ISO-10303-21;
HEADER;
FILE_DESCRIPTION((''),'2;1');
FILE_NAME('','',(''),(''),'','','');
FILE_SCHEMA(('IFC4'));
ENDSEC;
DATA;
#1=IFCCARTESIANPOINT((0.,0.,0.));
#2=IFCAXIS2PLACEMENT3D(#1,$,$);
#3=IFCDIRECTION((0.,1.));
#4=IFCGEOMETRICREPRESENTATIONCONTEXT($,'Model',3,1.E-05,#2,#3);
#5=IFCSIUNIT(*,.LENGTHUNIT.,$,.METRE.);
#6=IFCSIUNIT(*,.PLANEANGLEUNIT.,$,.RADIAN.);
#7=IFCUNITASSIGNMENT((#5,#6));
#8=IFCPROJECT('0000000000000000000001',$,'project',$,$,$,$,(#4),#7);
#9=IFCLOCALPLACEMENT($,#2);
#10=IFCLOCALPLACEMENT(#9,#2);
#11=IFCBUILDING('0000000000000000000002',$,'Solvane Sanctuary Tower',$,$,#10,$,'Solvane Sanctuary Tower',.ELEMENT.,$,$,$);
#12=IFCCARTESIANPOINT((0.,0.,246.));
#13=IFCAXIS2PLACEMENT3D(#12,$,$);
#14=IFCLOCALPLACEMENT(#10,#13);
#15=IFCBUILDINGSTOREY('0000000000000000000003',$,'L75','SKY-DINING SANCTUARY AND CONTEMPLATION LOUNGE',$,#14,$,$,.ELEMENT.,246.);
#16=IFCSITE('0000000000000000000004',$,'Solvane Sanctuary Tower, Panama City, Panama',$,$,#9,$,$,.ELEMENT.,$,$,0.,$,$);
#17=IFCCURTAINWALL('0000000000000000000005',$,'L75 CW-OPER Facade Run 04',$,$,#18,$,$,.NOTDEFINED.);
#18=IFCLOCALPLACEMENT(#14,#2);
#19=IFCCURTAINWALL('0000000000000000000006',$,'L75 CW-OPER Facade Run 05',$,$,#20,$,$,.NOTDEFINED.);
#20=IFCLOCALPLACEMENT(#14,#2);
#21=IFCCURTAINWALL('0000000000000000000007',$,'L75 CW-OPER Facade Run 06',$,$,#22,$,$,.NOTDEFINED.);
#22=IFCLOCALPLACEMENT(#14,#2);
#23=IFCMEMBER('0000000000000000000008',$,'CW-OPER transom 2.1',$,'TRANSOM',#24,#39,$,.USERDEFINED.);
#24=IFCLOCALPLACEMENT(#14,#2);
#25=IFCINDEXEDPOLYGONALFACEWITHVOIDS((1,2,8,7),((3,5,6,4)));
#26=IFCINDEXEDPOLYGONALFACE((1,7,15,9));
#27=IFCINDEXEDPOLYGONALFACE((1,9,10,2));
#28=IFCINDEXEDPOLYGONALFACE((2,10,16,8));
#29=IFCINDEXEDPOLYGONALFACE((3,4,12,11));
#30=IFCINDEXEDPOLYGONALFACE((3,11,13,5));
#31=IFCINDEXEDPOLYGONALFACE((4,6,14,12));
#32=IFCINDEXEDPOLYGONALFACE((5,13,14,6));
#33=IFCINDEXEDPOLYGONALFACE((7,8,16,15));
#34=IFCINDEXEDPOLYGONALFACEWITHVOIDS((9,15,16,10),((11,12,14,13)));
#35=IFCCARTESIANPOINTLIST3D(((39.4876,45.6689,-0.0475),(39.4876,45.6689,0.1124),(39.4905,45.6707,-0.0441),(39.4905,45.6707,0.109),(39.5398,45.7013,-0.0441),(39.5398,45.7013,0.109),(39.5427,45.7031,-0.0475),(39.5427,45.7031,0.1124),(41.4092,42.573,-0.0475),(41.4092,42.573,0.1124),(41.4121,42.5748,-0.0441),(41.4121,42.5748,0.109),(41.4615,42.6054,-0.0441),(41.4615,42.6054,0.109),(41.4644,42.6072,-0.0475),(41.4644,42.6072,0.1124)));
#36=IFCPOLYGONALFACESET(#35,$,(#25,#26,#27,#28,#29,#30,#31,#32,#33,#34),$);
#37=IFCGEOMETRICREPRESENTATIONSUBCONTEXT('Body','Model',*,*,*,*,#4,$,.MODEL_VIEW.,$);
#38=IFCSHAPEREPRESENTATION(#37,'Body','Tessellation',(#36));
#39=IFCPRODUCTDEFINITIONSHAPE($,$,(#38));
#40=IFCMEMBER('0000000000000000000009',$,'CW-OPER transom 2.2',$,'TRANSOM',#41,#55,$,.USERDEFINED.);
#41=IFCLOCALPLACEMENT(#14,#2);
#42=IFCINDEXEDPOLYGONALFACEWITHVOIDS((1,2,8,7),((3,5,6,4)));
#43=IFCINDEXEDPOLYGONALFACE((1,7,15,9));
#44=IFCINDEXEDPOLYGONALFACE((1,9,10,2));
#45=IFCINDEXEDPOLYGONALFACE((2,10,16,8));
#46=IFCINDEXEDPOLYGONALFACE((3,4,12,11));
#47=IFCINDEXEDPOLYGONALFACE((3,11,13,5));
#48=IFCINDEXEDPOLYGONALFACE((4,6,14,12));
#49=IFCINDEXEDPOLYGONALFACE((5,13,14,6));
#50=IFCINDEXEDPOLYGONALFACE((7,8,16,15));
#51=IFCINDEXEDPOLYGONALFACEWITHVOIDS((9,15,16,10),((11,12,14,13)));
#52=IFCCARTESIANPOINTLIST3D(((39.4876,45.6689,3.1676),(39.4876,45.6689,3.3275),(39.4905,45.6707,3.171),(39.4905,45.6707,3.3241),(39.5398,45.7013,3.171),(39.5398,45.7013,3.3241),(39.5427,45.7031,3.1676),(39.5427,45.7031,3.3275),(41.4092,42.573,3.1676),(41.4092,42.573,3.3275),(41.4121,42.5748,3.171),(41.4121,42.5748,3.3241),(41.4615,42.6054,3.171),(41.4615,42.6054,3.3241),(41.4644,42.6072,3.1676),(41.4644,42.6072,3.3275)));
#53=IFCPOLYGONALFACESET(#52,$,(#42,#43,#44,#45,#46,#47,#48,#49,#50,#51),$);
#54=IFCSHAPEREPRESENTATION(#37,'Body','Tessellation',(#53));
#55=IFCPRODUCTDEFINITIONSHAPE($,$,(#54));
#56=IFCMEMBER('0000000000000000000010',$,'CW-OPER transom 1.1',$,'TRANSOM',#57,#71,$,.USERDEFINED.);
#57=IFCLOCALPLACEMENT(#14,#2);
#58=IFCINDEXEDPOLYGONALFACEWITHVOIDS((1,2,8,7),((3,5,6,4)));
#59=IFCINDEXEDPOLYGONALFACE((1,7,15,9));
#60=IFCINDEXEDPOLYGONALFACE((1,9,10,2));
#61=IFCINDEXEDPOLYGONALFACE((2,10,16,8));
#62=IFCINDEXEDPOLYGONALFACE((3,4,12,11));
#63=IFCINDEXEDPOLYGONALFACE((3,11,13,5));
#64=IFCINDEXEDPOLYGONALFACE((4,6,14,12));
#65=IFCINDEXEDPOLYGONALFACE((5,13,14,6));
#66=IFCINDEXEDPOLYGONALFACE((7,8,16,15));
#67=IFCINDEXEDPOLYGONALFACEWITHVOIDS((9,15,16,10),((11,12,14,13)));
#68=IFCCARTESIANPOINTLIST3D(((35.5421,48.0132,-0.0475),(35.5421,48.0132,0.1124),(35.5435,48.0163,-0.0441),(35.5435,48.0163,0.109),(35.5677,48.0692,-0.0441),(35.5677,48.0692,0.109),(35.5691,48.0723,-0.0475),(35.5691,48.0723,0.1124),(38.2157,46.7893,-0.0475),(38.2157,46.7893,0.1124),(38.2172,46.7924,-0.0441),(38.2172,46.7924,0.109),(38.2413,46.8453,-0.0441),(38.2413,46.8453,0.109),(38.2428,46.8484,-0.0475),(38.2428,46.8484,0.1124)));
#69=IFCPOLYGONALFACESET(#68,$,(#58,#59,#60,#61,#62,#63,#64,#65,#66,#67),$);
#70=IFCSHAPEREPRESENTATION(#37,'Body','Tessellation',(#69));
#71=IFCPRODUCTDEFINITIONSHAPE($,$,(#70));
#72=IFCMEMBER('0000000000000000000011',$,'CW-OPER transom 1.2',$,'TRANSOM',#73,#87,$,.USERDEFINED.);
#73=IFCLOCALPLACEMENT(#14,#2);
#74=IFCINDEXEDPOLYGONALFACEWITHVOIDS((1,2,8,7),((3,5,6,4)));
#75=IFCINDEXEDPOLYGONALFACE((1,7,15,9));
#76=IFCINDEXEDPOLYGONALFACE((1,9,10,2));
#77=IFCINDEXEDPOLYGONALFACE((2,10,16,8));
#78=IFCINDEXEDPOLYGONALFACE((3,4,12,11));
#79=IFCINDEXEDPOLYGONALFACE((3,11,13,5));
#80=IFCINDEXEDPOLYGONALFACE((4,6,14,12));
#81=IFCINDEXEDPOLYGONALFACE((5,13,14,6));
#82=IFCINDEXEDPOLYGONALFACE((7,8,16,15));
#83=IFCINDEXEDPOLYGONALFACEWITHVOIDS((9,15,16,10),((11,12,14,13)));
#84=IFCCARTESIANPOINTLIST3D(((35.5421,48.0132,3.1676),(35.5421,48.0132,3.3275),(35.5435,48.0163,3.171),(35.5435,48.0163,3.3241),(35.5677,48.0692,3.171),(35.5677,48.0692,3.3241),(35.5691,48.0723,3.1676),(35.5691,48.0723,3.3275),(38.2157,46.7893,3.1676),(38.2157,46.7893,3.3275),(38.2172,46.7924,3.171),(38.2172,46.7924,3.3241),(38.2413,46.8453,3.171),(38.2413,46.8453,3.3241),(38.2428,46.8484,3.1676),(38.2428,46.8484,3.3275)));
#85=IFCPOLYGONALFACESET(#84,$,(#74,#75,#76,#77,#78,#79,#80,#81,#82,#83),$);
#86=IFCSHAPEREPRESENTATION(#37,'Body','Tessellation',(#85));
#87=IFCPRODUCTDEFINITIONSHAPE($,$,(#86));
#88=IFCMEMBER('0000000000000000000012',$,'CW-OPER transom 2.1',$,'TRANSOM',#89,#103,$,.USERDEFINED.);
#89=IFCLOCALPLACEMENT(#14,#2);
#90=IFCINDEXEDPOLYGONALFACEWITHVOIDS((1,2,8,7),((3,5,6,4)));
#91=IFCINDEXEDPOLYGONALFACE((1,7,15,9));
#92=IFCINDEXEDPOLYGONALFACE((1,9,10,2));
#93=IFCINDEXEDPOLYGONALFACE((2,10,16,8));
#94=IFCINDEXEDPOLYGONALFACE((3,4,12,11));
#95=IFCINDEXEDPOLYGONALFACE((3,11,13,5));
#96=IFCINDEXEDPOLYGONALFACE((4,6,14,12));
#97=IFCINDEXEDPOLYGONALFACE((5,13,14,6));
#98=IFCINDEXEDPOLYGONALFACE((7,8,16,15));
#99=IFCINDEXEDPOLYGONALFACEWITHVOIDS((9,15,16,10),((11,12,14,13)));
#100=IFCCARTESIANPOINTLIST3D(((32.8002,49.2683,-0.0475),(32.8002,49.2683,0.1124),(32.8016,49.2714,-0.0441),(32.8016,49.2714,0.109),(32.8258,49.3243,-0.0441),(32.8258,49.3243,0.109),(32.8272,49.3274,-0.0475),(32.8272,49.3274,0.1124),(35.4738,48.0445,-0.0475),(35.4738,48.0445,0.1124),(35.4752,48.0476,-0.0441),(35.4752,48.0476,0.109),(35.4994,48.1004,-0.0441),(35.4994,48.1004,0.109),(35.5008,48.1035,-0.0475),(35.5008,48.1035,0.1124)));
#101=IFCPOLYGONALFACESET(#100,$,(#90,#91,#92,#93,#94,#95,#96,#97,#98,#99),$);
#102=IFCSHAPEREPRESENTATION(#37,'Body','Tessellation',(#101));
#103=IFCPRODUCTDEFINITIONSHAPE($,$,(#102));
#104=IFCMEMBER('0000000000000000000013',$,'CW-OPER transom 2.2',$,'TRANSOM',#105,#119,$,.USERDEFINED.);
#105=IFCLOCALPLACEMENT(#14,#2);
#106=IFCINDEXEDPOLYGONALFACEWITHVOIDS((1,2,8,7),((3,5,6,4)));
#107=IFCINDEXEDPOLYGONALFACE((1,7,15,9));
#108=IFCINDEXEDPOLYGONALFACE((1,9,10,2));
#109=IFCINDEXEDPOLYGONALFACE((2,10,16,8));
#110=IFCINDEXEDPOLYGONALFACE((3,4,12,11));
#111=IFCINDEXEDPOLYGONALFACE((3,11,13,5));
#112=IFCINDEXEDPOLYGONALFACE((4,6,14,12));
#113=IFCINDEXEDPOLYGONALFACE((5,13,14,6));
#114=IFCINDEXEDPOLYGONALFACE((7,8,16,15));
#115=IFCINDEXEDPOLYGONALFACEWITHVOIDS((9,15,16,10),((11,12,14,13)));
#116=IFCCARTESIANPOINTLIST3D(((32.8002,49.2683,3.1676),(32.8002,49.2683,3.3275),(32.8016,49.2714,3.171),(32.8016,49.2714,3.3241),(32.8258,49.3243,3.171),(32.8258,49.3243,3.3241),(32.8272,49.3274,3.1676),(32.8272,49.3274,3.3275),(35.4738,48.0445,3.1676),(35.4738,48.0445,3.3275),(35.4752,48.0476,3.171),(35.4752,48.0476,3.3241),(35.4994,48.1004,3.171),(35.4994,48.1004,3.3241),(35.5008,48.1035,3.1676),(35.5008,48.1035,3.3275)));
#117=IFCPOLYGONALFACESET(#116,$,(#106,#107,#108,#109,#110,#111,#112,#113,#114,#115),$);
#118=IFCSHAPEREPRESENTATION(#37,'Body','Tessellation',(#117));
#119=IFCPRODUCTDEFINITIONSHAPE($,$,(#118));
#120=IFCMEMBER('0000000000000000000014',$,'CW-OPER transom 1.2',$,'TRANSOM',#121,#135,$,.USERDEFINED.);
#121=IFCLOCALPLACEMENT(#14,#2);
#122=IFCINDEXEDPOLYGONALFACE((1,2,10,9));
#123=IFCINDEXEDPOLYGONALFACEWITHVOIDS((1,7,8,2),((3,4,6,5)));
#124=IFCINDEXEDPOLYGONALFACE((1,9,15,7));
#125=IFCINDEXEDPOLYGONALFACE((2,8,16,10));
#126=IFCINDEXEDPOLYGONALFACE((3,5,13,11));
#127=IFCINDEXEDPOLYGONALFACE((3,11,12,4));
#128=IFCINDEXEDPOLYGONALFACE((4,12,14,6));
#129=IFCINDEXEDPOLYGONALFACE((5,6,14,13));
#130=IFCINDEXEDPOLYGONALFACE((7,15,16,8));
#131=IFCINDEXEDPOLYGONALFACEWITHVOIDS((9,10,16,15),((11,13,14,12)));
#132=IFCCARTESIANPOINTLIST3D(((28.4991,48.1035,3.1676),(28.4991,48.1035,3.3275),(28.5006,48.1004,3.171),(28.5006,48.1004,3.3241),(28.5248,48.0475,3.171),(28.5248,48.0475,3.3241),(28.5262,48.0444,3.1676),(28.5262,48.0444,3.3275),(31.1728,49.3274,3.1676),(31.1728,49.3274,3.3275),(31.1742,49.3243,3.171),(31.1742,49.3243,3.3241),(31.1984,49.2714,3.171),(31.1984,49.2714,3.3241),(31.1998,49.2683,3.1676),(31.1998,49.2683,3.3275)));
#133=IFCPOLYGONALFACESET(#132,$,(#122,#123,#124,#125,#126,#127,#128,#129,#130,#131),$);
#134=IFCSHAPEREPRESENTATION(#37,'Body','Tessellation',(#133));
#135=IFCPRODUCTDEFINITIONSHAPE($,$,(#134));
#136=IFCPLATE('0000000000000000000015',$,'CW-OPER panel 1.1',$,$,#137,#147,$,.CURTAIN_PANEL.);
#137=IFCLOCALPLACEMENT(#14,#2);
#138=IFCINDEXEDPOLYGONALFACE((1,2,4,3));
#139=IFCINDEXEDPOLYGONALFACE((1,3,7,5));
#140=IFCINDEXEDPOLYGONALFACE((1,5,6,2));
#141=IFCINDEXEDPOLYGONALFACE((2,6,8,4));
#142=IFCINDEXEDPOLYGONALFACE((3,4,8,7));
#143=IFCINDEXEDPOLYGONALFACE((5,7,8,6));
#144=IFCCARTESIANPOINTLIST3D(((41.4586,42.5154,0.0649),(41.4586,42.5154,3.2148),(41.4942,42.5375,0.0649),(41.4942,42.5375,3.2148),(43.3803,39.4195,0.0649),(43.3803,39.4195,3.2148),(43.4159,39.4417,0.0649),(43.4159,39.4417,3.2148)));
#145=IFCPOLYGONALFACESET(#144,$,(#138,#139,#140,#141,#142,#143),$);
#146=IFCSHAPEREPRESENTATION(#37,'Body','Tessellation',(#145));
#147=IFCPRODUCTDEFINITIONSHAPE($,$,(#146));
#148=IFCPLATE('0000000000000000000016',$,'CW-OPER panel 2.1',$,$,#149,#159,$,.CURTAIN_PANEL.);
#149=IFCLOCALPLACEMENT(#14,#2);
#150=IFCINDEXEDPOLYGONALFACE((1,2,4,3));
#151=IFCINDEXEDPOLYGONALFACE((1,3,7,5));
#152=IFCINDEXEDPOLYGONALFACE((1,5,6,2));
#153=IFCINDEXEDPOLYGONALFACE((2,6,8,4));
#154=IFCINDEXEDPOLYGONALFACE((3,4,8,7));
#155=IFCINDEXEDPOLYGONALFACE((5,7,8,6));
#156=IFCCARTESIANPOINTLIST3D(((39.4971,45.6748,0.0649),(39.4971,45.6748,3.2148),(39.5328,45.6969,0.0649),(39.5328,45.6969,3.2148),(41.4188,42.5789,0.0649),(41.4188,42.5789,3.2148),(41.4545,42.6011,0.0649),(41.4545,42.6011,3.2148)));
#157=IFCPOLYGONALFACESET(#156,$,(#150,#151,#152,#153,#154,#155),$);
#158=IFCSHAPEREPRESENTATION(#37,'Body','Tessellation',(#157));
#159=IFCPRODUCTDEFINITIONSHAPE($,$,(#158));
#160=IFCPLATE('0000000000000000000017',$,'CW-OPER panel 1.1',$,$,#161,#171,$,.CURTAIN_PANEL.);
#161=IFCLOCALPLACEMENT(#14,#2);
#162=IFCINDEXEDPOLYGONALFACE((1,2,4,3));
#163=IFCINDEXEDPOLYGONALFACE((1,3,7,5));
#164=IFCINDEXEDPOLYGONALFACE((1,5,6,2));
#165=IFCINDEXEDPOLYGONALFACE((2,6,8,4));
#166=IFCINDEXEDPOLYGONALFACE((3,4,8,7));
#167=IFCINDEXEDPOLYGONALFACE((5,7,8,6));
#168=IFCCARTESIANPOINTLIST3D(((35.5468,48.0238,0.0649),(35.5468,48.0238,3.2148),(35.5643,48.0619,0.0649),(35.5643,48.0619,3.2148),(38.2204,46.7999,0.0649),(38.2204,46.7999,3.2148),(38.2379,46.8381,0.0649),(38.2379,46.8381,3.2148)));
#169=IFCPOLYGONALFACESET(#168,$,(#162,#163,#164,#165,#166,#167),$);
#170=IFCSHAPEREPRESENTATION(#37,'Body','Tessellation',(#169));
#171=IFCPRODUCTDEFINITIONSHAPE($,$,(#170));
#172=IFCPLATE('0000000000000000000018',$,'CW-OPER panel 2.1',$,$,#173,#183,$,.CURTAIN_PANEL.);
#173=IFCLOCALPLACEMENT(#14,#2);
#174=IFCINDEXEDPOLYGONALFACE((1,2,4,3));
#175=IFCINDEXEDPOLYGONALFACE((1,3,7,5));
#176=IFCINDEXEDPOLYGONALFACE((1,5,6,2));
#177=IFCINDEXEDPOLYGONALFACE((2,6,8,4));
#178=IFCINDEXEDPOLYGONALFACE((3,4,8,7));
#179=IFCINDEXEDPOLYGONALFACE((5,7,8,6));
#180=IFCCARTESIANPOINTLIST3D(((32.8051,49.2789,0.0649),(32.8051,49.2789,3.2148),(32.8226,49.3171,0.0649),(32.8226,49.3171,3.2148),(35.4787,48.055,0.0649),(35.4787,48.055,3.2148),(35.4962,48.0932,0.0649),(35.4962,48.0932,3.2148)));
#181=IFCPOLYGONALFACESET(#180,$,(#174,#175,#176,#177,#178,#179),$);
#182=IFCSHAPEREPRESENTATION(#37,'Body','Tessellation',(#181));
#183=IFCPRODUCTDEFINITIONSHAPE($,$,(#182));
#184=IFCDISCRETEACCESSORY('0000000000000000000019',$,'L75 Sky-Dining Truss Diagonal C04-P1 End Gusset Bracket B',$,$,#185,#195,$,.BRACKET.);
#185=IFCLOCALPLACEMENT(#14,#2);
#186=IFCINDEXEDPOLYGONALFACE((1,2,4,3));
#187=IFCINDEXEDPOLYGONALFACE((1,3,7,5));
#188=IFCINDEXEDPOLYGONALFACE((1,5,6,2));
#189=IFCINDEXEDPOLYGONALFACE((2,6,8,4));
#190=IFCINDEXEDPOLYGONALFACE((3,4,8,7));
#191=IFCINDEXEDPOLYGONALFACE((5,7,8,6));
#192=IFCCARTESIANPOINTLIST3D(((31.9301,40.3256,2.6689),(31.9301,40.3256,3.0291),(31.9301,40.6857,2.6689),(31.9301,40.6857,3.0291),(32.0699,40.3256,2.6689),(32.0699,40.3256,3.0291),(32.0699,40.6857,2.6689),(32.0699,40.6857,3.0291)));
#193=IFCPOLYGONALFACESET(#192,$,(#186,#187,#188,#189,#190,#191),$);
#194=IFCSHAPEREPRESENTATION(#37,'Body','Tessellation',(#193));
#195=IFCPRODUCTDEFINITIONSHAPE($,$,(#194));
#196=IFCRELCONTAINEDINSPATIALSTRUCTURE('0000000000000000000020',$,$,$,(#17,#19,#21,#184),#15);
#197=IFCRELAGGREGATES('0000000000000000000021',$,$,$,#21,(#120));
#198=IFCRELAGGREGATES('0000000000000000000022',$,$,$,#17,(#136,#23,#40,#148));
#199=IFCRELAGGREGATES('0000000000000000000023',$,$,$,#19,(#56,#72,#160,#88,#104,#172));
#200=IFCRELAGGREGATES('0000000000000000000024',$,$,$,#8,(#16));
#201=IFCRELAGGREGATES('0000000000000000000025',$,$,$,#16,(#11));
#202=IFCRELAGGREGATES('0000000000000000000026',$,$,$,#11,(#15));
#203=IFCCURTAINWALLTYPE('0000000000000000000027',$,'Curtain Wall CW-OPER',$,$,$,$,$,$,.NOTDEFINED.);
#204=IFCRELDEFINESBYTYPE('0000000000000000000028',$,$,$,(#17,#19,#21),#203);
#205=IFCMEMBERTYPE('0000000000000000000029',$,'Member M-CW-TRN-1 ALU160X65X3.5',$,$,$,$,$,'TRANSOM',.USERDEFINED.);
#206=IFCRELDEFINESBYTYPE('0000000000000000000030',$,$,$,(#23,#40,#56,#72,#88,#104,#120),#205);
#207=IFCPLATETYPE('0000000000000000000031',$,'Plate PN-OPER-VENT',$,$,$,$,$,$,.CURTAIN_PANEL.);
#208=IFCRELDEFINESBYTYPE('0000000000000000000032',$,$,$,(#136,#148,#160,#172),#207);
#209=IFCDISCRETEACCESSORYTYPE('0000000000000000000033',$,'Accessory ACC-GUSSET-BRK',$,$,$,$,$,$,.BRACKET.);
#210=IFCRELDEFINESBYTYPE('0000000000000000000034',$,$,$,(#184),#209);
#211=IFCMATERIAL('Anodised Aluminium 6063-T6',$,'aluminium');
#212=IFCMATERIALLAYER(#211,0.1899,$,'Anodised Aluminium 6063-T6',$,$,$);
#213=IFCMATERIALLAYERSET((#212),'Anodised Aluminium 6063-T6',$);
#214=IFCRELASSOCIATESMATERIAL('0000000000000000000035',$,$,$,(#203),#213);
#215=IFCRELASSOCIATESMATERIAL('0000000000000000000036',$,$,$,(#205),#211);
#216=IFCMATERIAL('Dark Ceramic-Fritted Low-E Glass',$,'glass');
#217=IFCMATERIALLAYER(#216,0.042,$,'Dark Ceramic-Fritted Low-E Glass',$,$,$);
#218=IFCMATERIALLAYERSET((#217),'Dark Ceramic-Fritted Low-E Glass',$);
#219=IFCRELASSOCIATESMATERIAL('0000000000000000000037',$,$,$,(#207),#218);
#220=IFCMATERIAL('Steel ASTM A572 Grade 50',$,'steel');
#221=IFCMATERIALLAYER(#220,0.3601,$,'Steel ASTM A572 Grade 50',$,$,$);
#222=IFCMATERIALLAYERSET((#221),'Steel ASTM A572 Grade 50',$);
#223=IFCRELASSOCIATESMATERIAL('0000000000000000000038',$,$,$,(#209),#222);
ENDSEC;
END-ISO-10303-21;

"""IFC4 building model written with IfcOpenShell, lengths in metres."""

from ifc_helpers import new_model, si_unit, direction, frame, origin, origin_2d, place, context, subcontext, project, spatial, rectangle, hollow_rectangle, extrude, material, layer, layer_set, material_profile, profile_set, type_object, element, aggregate, save


model = new_model("IFC4")

# Units and contexts
model_context = context("Model", 3, precision=1e-05, world=origin(), true_north=direction((0.0, 1.0)))
body_context = subcontext(model_context, "Body", "Model", "MODEL_VIEW")
ifc_project = project(units=[si_unit("LENGTHUNIT", "METRE"), si_unit("PLANEANGLEUNIT", "RADIAN")], contexts=[model_context])

# Site, building, storey
site_placement = place(None, origin())
site = spatial("IfcSite", under=ifc_project, at=site_placement, Name="Solvane Sanctuary Tower, Panama City, Panama", CompositionType="ELEMENT", RefElevation=0.0)
building_placement = place(site_placement, origin())
building = spatial("IfcBuilding", under=site, at=building_placement, Name="Solvane Sanctuary Tower", LongName="Solvane Sanctuary Tower", CompositionType="ELEMENT")
storey_placement = place(building_placement, frame((0.0, 0.0, 246.0)))
storey = spatial("IfcBuildingStorey", under=building, at=storey_placement, Name="L75", Description="SKY-DINING SANCTUARY AND CONTEMPLATION LOUNGE", CompositionType="ELEMENT", Elevation=246.0)

# Curtain walls
ifc_material_1 = material(Name="Anodised Aluminium 6063-T6", Category="aluminium")
ifc_layer_1 = layer(ifc_material_1, 0.1899, Name="Anodised Aluminium 6063-T6")
ifc_layer_set_1 = layer_set([ifc_layer_1], Name="Anodised Aluminium 6063-T6")
curtain_wall_type = type_object("IfcCurtainWallType", Name="Curtain Wall CW-OPER", PredefinedType="NOTDEFINED", material=ifc_layer_set_1)
curtain_wall_1_placement = place(storey_placement, origin())
curtain_wall_1 = element("IfcCurtainWall", 1, at=curtain_wall_1_placement, inside=storey, type_object=curtain_wall_type, Name="L75 CW-OPER Facade Run 04", PredefinedType="NOTDEFINED")
curtain_wall_2_placement = place(storey_placement, origin())
curtain_wall_2 = element("IfcCurtainWall", 2, at=curtain_wall_2_placement, inside=storey, type_object=curtain_wall_type, Name="L75 CW-OPER Facade Run 05", PredefinedType="NOTDEFINED")

# Curtain wall
curtain_wall_3_placement = place(storey_placement, origin())
curtain_wall_3 = element("IfcCurtainWall", 3, at=curtain_wall_3_placement, inside=storey, type_object=curtain_wall_type, Name="L75 CW-OPER Facade Run 06", PredefinedType="NOTDEFINED")

# Members
ifc_material_profile_1 = material_profile(ifc_material_1, hollow_rectangle(XDim=0.0649, YDim=0.1599, WallThickness=0.0034, at=origin_2d()), Name="ALU160X65X3.5")
ifc_profile_set_1 = profile_set([ifc_material_profile_1], Name="Anodised Aluminium 6063-T6")
member_type_1 = type_object("IfcMemberType", Name="Member M-CW-TRN-1 ALU160X65X3.5", ElementType="TRANSOM", PredefinedType="USERDEFINED", material=ifc_profile_set_1)
member_1_placement = place(storey_placement, frame((41.4368, 42.5901, 0.0325), z_axis=(-0.527365, 0.849639, 0.0), x_axis=(-0.849639, -0.527365, 0.0)))
member_1 = element("IfcMember", 4, at=member_1_placement, type_object=member_type_1, Name="CW-OPER transom 2.1", ObjectType="TRANSOM", PredefinedType="USERDEFINED", context=body_context, shape_type="SweptSolid", body=[
    extrude(hollow_rectangle(XDim=0.0649, YDim=0.1599, WallThickness=0.0034, at=origin_2d()), origin(), (0.0, 0.0, 1.0), 3.6438),
])
member_2_placement = place(storey_placement, frame((41.4368, 42.5901, 3.2476), z_axis=(-0.527365, 0.849639, 0.0), x_axis=(-0.849639, -0.527365, 0.0)))
member_2 = element("IfcMember", 5, at=member_2_placement, type_object=member_type_1, Name="CW-OPER transom 2.2", ObjectType="TRANSOM", PredefinedType="USERDEFINED", context=body_context, shape_type="SweptSolid", body=[
    extrude(hollow_rectangle(XDim=0.0649, YDim=0.1599, WallThickness=0.0034, at=origin_2d()), origin(), (0.0, 0.0, 1.0), 3.6438),
])
member_3_placement = place(storey_placement, frame((38.2292, 46.8188, 0.0325), z_axis=(-0.90926, 0.416229, 0.0), x_axis=(-0.416229, -0.90926, 0.0)))
member_3 = element("IfcMember", 6, at=member_3_placement, type_object=member_type_1, Name="CW-OPER transom 1.1", ObjectType="TRANSOM", PredefinedType="USERDEFINED", context=body_context, shape_type="SweptSolid", body=[
    extrude(hollow_rectangle(XDim=0.0649, YDim=0.1599, WallThickness=0.0034, at=origin_2d()), origin(), (0.0, 0.0, 1.0), 2.9404),
])
member_4_placement = place(storey_placement, frame((38.2292, 46.8188, 3.2476), z_axis=(-0.90926, 0.416229, 0.0), x_axis=(-0.416229, -0.90926, 0.0)))
member_4 = element("IfcMember", 7, at=member_4_placement, type_object=member_type_1, Name="CW-OPER transom 1.2", ObjectType="TRANSOM", PredefinedType="USERDEFINED", context=body_context, shape_type="SweptSolid", body=[
    extrude(hollow_rectangle(XDim=0.0649, YDim=0.1599, WallThickness=0.0034, at=origin_2d()), origin(), (0.0, 0.0, 1.0), 2.9404),
])
member_5_placement = place(storey_placement, frame((35.4873, 48.074, 0.0325), z_axis=(-0.90926, 0.416229, 0.0), x_axis=(-0.416229, -0.90926, 0.0)))
member_5 = element("IfcMember", 8, at=member_5_placement, type_object=member_type_1, Name="CW-OPER transom 2.1", ObjectType="TRANSOM", PredefinedType="USERDEFINED", context=body_context, shape_type="SweptSolid", body=[
    extrude(hollow_rectangle(XDim=0.0649, YDim=0.1599, WallThickness=0.0034, at=origin_2d()), origin(), (0.0, 0.0, 1.0), 2.9404),
])
member_6_placement = place(storey_placement, frame((35.4873, 48.074, 3.2476), z_axis=(-0.90926, 0.416229, 0.0), x_axis=(-0.416229, -0.90926, 0.0)))
member_6 = element("IfcMember", 9, at=member_6_placement, type_object=member_type_1, Name="CW-OPER transom 2.2", ObjectType="TRANSOM", PredefinedType="USERDEFINED", context=body_context, shape_type="SweptSolid", body=[
    extrude(hollow_rectangle(XDim=0.0649, YDim=0.1599, WallThickness=0.0034, at=origin_2d()), origin(), (0.0, 0.0, 1.0), 2.9404),
])
member_7_placement = place(storey_placement, frame((31.1863, 49.2979, 3.2476), z_axis=(-0.90926, -0.416229, 0.0), x_axis=(0.416229, -0.90926, 0.0)))
member_7 = element("IfcMember", 10, at=member_7_placement, type_object=member_type_1, Name="CW-OPER transom 1.2", ObjectType="TRANSOM", PredefinedType="USERDEFINED", context=body_context, shape_type="SweptSolid", body=[
    extrude(hollow_rectangle(XDim=0.0649, YDim=0.1599, WallThickness=0.0034, at=origin_2d()), origin(), (0.0, 0.0, 1.0), 2.9404),
])
aggregate(curtain_wall_3, [member_7])

# Plates
ifc_material_2 = material(Name="Dark Ceramic-Fritted Low-E Glass", Category="glass")
ifc_layer_2 = layer(ifc_material_2, 0.042, Name="Dark Ceramic-Fritted Low-E Glass")
ifc_layer_set_2 = layer_set([ifc_layer_2], Name="Dark Ceramic-Fritted Low-E Glass")
plate_type = type_object("IfcPlateType", Name="Plate PN-OPER-VENT", PredefinedType="CURTAIN_PANEL", material=ifc_layer_set_2)
plate_1_placement = place(storey_placement, frame((42.4373, 40.9785, 0.0649), z_axis=(0.0, 0.0, 1.0), x_axis=(-0.527392, 0.849622, 0.0)))
plate_1 = element("IfcPlate", 11, at=plate_1_placement, type_object=plate_type, Name="CW-OPER panel 1.1", PredefinedType="CURTAIN_PANEL", context=body_context, shape_type="SweptSolid", body=[
    extrude(rectangle(XDim=3.6438, YDim=0.042, at=origin_2d()), origin(), (0.0, 0.0, 1.0), 3.1499),
])
plate_2_placement = place(storey_placement, frame((40.4758, 44.1379, 0.0649), z_axis=(0.0, 0.0, 1.0), x_axis=(-0.527392, 0.849622, 0.0)))
plate_2 = element("IfcPlate", 12, at=plate_2_placement, type_object=plate_type, Name="CW-OPER panel 2.1", PredefinedType="CURTAIN_PANEL", context=body_context, shape_type="SweptSolid", body=[
    extrude(rectangle(XDim=3.6438, YDim=0.042, at=origin_2d()), origin(), (0.0, 0.0, 1.0), 3.1499),
])
aggregate(curtain_wall_1, [plate_1, member_1, member_2, plate_2])
plate_3_placement = place(storey_placement, frame((36.8923, 47.4309, 0.0649), z_axis=(0.0, 0.0, 1.0), x_axis=(-0.909262, 0.416225, 0.0)))
plate_3 = element("IfcPlate", 13, at=plate_3_placement, type_object=plate_type, Name="CW-OPER panel 1.1", PredefinedType="CURTAIN_PANEL", context=body_context, shape_type="SweptSolid", body=[
    extrude(rectangle(XDim=2.9404, YDim=0.042, at=origin_2d()), origin(), (0.0, 0.0, 1.0), 3.1499),
])
plate_4_placement = place(storey_placement, frame((34.1506, 48.686, 0.0649), z_axis=(0.0, 0.0, 1.0), x_axis=(-0.909262, 0.416225, 0.0)))
plate_4 = element("IfcPlate", 14, at=plate_4_placement, type_object=plate_type, Name="CW-OPER panel 2.1", PredefinedType="CURTAIN_PANEL", context=body_context, shape_type="SweptSolid", body=[
    extrude(rectangle(XDim=2.9404, YDim=0.042, at=origin_2d()), origin(), (0.0, 0.0, 1.0), 3.1499),
])
aggregate(curtain_wall_2, [member_3, member_4, plate_3, member_5, member_6, plate_4])

# Discrete accessory
ifc_material_3 = material(Name="Steel ASTM A572 Grade 50", Category="steel")
ifc_layer_3 = layer(ifc_material_3, 0.3601, Name="Steel ASTM A572 Grade 50")
ifc_layer_set_3 = layer_set([ifc_layer_3], Name="Steel ASTM A572 Grade 50")
discrete_accessory_type = type_object("IfcDiscreteAccessoryType", Name="Accessory ACC-GUSSET-BRK", PredefinedType="BRACKET", material=ifc_layer_set_3)
for number, where, z_axis, x_axis, name in (
    (15, (32.0, 40.5056, 2.6689), (0.0, 0.0, 1.0), (0.0, 1.0, 0.0), "L75 Sky-Dining Truss Diagonal C04-P1 End Gusset Bracket B"),
):
    element("IfcDiscreteAccessory", number, at=place(storey_placement, frame(where, z_axis=z_axis, x_axis=x_axis)), inside=storey, type_object=discrete_accessory_type, Name=name, PredefinedType="BRACKET", context=body_context, shape_type="SweptSolid", body=[
        extrude(rectangle(XDim=0.3601, YDim=0.1399, at=origin_2d()), origin(), (0.0, 0.0, 1.0), 0.3601),
    ])

save(model, "model.ifc")
